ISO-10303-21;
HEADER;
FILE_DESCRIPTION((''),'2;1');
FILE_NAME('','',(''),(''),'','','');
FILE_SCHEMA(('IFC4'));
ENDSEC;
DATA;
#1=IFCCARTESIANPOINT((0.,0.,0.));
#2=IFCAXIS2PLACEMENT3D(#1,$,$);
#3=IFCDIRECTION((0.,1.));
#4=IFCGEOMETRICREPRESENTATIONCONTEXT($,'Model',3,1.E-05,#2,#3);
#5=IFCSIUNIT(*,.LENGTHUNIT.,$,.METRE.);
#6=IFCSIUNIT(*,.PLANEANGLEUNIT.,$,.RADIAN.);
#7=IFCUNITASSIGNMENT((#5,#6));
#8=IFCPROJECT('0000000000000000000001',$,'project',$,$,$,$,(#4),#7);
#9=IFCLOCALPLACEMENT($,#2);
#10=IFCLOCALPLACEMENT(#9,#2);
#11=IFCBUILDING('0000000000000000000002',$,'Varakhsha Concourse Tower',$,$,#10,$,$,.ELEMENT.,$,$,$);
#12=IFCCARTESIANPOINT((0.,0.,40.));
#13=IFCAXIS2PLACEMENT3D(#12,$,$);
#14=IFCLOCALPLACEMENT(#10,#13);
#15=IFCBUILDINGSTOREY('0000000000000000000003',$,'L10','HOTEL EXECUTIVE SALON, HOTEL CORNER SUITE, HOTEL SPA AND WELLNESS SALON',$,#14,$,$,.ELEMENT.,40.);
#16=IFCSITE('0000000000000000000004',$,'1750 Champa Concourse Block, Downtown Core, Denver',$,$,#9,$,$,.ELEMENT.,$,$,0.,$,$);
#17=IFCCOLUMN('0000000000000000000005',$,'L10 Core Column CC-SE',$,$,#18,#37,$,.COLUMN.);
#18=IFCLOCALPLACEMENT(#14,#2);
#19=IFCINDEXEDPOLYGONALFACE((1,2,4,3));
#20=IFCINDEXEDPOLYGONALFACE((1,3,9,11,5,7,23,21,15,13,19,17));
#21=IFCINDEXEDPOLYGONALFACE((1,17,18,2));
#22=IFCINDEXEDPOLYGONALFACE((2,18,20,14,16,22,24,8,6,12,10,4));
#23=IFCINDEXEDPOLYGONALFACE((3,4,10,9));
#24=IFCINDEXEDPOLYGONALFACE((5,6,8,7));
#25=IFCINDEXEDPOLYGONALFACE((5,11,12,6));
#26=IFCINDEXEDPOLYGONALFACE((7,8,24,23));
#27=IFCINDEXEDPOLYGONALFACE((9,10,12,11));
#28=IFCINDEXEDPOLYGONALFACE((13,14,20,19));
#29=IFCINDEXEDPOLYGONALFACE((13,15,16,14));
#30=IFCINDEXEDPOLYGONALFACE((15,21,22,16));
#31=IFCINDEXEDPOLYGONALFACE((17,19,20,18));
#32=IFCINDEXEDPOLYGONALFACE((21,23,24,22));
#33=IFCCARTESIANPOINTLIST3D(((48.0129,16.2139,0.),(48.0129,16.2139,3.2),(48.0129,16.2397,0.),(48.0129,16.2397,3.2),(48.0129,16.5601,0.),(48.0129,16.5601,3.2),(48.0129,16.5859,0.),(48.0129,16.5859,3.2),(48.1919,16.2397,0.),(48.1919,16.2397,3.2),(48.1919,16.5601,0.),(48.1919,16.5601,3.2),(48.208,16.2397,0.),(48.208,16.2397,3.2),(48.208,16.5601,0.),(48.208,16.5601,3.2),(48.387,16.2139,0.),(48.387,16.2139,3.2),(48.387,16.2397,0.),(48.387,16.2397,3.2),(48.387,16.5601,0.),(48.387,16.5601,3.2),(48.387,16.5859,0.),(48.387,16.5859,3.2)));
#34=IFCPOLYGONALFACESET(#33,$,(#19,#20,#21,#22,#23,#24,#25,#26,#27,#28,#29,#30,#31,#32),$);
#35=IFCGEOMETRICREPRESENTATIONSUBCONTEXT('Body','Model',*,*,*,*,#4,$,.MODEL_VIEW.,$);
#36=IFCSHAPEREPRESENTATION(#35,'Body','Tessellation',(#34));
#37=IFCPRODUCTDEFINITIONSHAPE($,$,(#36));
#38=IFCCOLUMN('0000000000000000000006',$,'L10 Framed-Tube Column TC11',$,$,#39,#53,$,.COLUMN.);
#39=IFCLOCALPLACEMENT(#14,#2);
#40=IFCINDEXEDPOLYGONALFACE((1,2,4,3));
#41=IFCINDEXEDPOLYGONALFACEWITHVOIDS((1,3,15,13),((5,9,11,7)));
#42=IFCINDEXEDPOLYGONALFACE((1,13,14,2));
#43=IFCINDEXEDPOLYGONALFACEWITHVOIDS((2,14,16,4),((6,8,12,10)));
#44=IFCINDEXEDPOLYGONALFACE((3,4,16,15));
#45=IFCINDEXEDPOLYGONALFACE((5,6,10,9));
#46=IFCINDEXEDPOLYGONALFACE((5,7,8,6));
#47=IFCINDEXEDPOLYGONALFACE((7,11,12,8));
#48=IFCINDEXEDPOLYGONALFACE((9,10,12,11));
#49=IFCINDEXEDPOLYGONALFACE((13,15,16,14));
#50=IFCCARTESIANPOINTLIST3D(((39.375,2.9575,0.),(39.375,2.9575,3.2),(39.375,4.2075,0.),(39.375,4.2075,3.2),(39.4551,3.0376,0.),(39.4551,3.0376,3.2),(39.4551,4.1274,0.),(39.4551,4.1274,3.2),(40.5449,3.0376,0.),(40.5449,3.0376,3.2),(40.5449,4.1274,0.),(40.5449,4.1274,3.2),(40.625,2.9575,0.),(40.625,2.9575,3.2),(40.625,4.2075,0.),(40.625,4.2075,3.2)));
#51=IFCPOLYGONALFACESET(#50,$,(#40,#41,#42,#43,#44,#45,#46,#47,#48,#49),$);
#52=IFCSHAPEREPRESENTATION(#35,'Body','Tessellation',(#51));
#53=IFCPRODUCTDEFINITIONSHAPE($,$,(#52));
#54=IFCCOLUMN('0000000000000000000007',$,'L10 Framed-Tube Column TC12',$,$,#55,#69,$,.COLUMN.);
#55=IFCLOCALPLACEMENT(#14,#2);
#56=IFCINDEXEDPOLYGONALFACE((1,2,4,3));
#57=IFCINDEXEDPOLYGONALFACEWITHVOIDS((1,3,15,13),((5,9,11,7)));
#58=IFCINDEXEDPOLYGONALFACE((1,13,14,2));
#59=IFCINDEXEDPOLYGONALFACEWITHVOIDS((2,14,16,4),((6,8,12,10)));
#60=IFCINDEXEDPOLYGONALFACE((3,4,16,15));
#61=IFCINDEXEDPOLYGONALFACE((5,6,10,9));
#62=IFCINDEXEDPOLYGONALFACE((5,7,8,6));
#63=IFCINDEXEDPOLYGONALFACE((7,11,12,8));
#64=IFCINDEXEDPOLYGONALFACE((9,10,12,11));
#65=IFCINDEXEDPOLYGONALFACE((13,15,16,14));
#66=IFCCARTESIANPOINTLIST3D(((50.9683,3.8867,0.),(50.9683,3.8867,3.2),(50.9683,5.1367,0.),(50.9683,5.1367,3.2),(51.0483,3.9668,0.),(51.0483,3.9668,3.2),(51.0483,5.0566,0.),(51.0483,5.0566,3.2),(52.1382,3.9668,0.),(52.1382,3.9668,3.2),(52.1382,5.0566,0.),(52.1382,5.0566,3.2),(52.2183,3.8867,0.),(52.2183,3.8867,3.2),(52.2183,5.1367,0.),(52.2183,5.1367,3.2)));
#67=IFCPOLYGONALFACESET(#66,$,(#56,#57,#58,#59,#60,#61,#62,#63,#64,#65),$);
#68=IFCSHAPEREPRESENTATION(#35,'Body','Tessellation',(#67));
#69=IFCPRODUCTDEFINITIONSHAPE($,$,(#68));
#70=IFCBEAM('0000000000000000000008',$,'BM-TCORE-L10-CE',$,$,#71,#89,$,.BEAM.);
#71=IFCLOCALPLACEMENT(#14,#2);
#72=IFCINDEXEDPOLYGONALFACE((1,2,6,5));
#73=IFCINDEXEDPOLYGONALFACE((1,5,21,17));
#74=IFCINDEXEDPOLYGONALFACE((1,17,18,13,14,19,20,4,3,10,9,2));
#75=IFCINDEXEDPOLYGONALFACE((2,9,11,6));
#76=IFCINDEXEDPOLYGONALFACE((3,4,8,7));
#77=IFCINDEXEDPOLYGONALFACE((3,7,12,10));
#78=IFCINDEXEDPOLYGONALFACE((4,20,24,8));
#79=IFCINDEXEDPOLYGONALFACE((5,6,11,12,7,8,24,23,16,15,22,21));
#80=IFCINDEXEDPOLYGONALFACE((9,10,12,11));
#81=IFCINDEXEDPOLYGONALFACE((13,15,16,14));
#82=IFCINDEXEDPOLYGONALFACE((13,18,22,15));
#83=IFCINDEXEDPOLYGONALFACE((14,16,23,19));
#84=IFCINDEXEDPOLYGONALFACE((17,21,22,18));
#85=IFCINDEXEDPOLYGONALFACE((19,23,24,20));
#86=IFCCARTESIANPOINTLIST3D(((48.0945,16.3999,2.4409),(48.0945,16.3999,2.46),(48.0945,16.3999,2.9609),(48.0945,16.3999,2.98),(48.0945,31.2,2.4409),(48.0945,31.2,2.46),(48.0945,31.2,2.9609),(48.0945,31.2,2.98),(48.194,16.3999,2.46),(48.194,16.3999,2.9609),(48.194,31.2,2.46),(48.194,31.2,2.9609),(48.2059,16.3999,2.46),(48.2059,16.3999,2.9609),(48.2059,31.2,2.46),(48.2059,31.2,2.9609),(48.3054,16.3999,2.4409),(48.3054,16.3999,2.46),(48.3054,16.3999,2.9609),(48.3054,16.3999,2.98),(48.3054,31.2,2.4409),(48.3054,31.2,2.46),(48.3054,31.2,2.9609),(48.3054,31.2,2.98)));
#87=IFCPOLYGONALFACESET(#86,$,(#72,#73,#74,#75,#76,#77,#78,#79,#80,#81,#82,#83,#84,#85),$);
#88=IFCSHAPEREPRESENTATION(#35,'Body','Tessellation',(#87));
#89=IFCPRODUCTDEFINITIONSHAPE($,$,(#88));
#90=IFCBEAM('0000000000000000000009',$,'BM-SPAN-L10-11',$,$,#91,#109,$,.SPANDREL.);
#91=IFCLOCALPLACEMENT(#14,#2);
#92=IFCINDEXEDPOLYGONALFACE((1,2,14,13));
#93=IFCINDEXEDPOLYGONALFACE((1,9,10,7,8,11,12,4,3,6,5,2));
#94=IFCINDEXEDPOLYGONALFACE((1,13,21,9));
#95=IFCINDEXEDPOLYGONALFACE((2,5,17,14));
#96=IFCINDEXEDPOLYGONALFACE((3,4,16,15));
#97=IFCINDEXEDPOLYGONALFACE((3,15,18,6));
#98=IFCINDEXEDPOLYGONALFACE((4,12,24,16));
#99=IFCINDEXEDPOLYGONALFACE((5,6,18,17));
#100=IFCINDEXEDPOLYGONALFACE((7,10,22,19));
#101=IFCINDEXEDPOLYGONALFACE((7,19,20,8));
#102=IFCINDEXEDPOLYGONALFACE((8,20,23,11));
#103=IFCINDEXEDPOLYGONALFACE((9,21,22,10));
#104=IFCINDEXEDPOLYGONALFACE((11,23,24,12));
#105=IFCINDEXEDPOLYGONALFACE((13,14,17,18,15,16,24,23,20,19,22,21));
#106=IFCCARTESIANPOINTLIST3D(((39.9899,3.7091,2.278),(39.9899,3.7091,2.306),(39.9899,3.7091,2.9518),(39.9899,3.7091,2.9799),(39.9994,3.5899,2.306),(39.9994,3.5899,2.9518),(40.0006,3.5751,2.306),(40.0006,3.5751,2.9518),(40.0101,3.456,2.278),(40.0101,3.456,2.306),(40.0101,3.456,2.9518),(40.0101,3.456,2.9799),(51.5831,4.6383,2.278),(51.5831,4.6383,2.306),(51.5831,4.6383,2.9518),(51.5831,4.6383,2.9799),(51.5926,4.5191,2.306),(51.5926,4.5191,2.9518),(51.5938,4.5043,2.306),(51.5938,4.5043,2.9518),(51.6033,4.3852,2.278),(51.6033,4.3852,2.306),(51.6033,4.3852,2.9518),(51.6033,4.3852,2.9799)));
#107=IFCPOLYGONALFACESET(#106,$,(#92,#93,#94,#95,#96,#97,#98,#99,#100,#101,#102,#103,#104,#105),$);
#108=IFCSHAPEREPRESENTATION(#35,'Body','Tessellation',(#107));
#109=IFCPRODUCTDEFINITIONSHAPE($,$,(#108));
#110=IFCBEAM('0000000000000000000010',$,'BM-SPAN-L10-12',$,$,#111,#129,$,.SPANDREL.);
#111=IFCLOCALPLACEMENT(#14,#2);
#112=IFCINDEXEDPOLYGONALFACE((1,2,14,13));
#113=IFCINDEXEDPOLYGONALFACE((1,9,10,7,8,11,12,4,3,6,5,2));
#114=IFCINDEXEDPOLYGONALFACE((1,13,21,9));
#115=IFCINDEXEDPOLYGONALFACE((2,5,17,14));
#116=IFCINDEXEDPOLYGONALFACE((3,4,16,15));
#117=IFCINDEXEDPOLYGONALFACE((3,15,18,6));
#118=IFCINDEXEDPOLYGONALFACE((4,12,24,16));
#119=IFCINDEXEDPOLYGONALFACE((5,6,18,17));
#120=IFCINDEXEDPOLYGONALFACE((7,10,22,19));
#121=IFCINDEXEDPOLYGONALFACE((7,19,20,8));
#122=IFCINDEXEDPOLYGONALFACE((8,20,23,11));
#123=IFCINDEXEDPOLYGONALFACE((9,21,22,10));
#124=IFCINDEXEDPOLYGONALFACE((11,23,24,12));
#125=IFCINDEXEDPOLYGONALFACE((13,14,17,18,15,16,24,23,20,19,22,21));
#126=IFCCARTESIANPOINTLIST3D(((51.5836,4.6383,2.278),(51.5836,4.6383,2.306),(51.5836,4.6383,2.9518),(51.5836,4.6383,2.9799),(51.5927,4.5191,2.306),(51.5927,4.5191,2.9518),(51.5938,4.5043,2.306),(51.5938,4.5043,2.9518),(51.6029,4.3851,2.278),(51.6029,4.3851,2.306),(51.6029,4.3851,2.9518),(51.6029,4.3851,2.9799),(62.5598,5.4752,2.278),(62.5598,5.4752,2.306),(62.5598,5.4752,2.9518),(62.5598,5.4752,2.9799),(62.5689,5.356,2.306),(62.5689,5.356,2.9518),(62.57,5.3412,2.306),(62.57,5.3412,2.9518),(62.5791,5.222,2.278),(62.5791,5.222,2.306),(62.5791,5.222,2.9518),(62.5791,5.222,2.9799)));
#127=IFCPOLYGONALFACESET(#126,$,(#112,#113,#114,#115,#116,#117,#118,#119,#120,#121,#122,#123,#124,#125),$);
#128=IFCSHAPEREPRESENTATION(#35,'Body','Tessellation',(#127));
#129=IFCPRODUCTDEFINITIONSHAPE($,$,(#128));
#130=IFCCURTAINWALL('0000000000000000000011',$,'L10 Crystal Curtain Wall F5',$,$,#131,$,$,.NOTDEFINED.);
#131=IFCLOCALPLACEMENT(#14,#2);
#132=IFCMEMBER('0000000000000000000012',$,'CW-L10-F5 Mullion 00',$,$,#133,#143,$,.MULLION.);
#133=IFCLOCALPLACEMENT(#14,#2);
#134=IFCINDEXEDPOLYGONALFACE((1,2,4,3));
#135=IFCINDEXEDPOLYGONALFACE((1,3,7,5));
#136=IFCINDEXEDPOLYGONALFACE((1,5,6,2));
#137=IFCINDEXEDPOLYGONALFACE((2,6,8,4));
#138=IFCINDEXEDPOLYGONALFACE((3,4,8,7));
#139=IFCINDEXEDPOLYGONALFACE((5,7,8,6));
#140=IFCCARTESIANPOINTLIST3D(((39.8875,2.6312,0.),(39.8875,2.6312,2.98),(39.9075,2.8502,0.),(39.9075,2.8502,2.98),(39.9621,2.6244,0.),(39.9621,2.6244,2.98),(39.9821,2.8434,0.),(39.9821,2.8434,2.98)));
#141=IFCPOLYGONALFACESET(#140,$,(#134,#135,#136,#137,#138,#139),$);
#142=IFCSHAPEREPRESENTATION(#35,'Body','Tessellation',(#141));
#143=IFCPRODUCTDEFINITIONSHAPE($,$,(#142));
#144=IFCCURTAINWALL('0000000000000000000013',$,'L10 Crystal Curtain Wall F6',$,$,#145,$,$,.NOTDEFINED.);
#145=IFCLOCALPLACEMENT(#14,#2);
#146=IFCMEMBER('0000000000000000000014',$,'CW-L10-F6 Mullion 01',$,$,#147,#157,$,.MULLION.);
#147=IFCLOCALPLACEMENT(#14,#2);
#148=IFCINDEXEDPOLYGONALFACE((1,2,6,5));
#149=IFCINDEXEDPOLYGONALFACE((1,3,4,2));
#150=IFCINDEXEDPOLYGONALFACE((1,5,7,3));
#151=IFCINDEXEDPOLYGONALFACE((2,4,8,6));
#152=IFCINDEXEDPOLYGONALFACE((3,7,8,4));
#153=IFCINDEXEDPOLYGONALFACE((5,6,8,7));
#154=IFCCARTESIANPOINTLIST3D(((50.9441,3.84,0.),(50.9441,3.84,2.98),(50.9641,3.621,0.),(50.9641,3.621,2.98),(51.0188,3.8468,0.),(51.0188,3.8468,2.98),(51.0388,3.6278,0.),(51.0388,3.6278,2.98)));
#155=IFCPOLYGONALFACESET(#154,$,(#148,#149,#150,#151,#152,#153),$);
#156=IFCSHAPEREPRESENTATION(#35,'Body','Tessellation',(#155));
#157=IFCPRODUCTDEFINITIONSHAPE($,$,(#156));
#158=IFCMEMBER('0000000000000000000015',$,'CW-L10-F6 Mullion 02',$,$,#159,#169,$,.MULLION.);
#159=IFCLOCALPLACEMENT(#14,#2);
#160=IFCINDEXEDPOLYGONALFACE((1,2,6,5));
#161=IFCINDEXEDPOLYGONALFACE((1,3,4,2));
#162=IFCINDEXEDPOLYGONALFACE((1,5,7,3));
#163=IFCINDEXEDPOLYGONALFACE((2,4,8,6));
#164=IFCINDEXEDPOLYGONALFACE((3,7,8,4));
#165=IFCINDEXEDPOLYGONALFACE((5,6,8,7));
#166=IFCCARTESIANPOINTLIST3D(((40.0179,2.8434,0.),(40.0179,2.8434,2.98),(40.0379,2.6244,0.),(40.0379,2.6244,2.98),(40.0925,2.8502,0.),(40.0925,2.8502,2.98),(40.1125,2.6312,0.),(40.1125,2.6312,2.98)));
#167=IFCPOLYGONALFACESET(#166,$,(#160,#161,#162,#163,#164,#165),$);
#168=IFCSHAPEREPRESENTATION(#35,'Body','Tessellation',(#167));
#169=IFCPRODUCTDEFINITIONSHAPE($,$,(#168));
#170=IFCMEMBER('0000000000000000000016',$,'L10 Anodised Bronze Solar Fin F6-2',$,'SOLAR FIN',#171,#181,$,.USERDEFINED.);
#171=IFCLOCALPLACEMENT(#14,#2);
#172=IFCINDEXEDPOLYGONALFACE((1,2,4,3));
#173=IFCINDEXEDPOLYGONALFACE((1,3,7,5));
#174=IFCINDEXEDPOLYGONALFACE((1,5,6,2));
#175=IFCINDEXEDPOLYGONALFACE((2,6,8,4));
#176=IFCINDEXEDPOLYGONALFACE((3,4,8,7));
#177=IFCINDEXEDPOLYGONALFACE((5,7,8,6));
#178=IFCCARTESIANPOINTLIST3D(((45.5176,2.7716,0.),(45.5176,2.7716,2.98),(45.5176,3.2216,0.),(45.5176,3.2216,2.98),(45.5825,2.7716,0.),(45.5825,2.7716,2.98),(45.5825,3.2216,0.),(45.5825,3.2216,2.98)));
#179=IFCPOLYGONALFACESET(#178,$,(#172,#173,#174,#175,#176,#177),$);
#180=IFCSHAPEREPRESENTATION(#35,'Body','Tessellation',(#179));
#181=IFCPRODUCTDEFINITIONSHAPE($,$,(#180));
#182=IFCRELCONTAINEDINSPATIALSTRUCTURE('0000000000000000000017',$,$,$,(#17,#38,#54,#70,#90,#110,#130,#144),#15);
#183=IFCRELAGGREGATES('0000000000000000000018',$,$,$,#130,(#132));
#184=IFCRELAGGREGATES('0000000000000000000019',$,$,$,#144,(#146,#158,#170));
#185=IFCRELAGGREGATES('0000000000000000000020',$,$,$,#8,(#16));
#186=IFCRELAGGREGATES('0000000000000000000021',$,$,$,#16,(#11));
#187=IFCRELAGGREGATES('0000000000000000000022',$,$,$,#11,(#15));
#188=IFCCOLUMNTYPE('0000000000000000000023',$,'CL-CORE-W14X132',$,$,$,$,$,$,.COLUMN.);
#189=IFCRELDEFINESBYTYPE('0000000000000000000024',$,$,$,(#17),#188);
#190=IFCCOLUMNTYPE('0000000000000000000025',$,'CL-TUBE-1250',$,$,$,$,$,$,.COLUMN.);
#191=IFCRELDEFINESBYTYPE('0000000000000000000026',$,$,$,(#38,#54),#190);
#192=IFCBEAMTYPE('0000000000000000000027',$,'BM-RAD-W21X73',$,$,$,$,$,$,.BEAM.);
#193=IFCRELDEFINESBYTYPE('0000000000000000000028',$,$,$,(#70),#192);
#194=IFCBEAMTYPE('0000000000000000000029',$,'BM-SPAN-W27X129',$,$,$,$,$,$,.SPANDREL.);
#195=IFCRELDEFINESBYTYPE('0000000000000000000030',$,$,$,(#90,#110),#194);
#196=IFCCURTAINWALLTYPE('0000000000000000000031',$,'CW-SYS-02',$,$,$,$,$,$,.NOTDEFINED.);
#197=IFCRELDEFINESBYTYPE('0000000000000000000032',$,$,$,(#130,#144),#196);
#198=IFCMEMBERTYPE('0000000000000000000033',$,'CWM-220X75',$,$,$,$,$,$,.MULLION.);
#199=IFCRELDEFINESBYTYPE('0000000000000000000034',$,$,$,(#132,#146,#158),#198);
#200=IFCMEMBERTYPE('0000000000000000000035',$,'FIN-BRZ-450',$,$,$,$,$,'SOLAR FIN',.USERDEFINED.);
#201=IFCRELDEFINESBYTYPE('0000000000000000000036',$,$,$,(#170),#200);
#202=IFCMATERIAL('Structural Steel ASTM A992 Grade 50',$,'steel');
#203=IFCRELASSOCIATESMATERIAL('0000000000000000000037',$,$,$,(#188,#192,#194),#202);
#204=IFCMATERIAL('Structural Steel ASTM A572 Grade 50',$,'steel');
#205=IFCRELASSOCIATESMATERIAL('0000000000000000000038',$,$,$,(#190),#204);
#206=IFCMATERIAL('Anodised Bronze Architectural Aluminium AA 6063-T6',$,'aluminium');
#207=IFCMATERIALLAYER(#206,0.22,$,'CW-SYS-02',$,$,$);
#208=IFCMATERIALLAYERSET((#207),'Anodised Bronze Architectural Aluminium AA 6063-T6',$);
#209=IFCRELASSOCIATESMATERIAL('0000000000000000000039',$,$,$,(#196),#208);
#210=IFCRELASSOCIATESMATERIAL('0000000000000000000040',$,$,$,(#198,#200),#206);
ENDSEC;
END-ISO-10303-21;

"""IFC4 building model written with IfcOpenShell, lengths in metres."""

from ifc_helpers import new_model, si_unit, direction, frame, origin, origin_2d, place, context, subcontext, project, spatial, rectangle, hollow_rectangle, i_section, extrude, source, transform, mapped, material, layer, layer_set, material_profile, profile_set, type_object, type_shapes, element, aggregate, save


model = new_model("IFC4")

# Units and contexts
model_context = context("Model", 3, precision=1e-05, world=origin(), true_north=direction((0.0, 1.0)))
body_context = subcontext(model_context, "Body", "Model", "MODEL_VIEW")
ifc_project = project(units=[si_unit("LENGTHUNIT", "METRE"), si_unit("PLANEANGLEUNIT", "RADIAN")], contexts=[model_context])

# Site, building, storey
site_placement = place(None, origin())
site = spatial("IfcSite", under=ifc_project, at=site_placement, Name="1750 Champa Concourse Block, Downtown Core, Denver", CompositionType="ELEMENT", RefElevation=0.0)
building_placement = place(site_placement, origin())
building = spatial("IfcBuilding", under=site, at=building_placement, Name="Varakhsha Concourse Tower", CompositionType="ELEMENT")
storey_placement = place(building_placement, frame((0.0, 0.0, 40.0)))
storey = spatial("IfcBuildingStorey", under=building, at=storey_placement, Name="L10", Description="HOTEL EXECUTIVE SALON, HOTEL CORNER SUITE, HOTEL SPA AND WELLNESS SALON", CompositionType="ELEMENT", Elevation=40.0)

# Columns
ifc_material_1 = material(Name="Structural Steel ASTM A992 Grade 50", Category="steel")
ifc_material_profile_1 = material_profile(ifc_material_1, i_section(OverallWidth=0.374, OverallDepth=0.3721, WebThickness=0.0161, FlangeThickness=0.0259, at=origin_2d()), Name="W14X132")
ifc_profile_set_1 = profile_set([ifc_material_profile_1], Name="Structural Steel ASTM A992 Grade 50")
column_type_1 = type_object("IfcColumnType", Name="CL-CORE-W14X132", PredefinedType="COLUMN", material=ifc_profile_set_1)
column_placement = place(storey_placement, frame((48.2, 16.3999, 0.0), z_axis=(0.0, 0.0, 1.0), x_axis=(1.0, 0.0, 0.0)))
element("IfcColumn", 1, at=column_placement, inside=storey, type_object=column_type_1, Name="L10 Core Column CC-SE", PredefinedType="COLUMN", context=body_context, shape_type="SweptSolid", body=[
    extrude(i_section(OverallWidth=0.374, OverallDepth=0.3721, WebThickness=0.0161, FlangeThickness=0.0259, at=origin_2d()), origin(), (0.0, 0.0, 1.0), 3.2),
])
ifc_material_2 = material(Name="Structural Steel ASTM A572 Grade 50", Category="steel")
ifc_material_profile_2 = material_profile(ifc_material_2, hollow_rectangle(XDim=1.25, YDim=1.25, WallThickness=0.0801, at=origin_2d()), Name="BOX 1250x1250x80")
ifc_profile_set_2 = profile_set([ifc_material_profile_2], Name="Structural Steel ASTM A572 Grade 50")
column_type_2 = type_object("IfcColumnType", Name="CL-TUBE-1250", PredefinedType="COLUMN", material=ifc_profile_set_2)
for number, where, z_axis, x_axis, name in (
    (2, (40.0, 3.5825, 0.0), (0.0, 0.0, 1.0), (1.0, 0.0, 0.0), "L10 Framed-Tube Column TC11"),
    (3, (51.5933, 4.5117, 0.0), (0.0, 0.0, 1.0), (1.0, 0.0, 0.0), "L10 Framed-Tube Column TC12"),
):
    element("IfcColumn", number, at=place(storey_placement, frame(where, z_axis=z_axis, x_axis=x_axis)), inside=storey, type_object=column_type_2, Name=name, PredefinedType="COLUMN", context=body_context, shape_type="SweptSolid", body=[
        extrude(hollow_rectangle(XDim=1.25, YDim=1.25, WallThickness=0.0801, at=origin_2d()), origin(), (0.0, 0.0, 1.0), 3.2),
    ])

# Beams
ifc_material_profile_3 = material_profile(ifc_material_1, i_section(OverallWidth=0.2109, OverallDepth=0.5391, WebThickness=0.012, FlangeThickness=0.019, at=origin_2d()), Name="W21X73")
ifc_profile_set_3 = profile_set([ifc_material_profile_3], Name="Structural Steel ASTM A992 Grade 50")
beam_type_1 = type_object("IfcBeamType", Name="BM-RAD-W21X73", PredefinedType="BEAM", material=ifc_profile_set_3)
beam_1_placement = place(storey_placement, frame((48.2, 16.3999, 2.7104), z_axis=(0.0, 1.0, 0.0), x_axis=(-1.0, 0.0, 0.0)))
element("IfcBeam", 4, at=beam_1_placement, inside=storey, type_object=beam_type_1, Name="BM-TCORE-L10-CE", PredefinedType="BEAM", context=body_context, shape_type="SweptSolid", body=[
    extrude(i_section(OverallWidth=0.2109, OverallDepth=0.5391, WebThickness=0.012, FlangeThickness=0.019, at=origin_2d()), origin(), (0.0, 0.0, 1.0), 14.8),
])
ifc_material_profile_4 = material_profile(ifc_material_1, i_section(OverallWidth=0.2539, OverallDepth=0.7019, WebThickness=0.0149, FlangeThickness=0.0281, at=origin_2d()), Name="W27X129")
ifc_profile_set_4 = profile_set([ifc_material_profile_4], Name="Structural Steel ASTM A992 Grade 50")
beam_type_2 = type_object("IfcBeamType", Name="BM-SPAN-W27X129", PredefinedType="SPANDREL", material=ifc_profile_set_4)
beam_2_placement = place(storey_placement, frame((40.0, 3.5825, 2.6289), z_axis=(0.996803, 0.079894, 0.0), x_axis=(-0.079894, 0.996803, 0.0)))
element("IfcBeam", 5, at=beam_2_placement, inside=storey, type_object=beam_type_2, Name="BM-SPAN-L10-11", PredefinedType="SPANDREL", context=body_context, shape_type="SweptSolid", body=[
    extrude(i_section(OverallWidth=0.2539, OverallDepth=0.7019, WebThickness=0.0149, FlangeThickness=0.0281, at=origin_2d()), origin(), (0.0, 0.0, 1.0), 11.6304),
])
beam_3_placement = place(storey_placement, frame((51.5933, 4.5117, 2.6289), z_axis=(0.997106, 0.076027, 0.0), x_axis=(-0.076027, 0.997106, 0.0)))
element("IfcBeam", 6, at=beam_3_placement, inside=storey, type_object=beam_type_2, Name="BM-SPAN-L10-12", PredefinedType="SPANDREL", context=body_context, shape_type="SweptSolid", body=[
    extrude(i_section(OverallWidth=0.2539, OverallDepth=0.7019, WebThickness=0.0149, FlangeThickness=0.0281, at=origin_2d()), origin(), (0.0, 0.0, 1.0), 11.0081),
])

# Curtain wall, member
ifc_material_3 = material(Name="Anodised Bronze Architectural Aluminium AA 6063-T6", Category="aluminium")
ifc_layer_1 = layer(ifc_material_3, 0.22, Name="CW-SYS-02")
ifc_layer_set_1 = layer_set([ifc_layer_1], Name="Anodised Bronze Architectural Aluminium AA 6063-T6")
curtain_wall_type = type_object("IfcCurtainWallType", Name="CW-SYS-02", PredefinedType="NOTDEFINED", material=ifc_layer_set_1)
curtain_wall_1_placement = place(storey_placement, origin())
curtain_wall_1 = element("IfcCurtainWall", 7, at=curtain_wall_1_placement, inside=storey, type_object=curtain_wall_type, Name="L10 Crystal Curtain Wall F5", PredefinedType="NOTDEFINED")
ifc_material_profile_5 = material_profile(ifc_material_3, rectangle(XDim=0.075, YDim=0.22, at=origin_2d()), Name="CWM-220X75")
ifc_profile_set_5 = profile_set([ifc_material_profile_5], Name="Anodised Bronze Architectural Aluminium AA 6063-T6")
member_type_1 = type_object("IfcMemberType", Name="CWM-220X75", PredefinedType="MULLION", material=ifc_profile_set_5)
shared_shape_1 = source(origin(), body_context, "Body", "SweptSolid", [
    extrude(rectangle(XDim=0.075, YDim=0.22, at=origin_2d()), origin(), (0.0, 0.0, 1.0), 2.98),
])
type_shapes(member_type_1, [shared_shape_1])
member_1_placement = place(storey_placement, frame((39.9348, 2.7373, 0.0), z_axis=(0.0, 0.0, 1.0), x_axis=(-0.995866, 0.090834, 0.0)))
member_1 = element("IfcMember", 8, at=member_1_placement, type_object=member_type_1, Name="CW-L10-F5 Mullion 00", PredefinedType="MULLION", context=body_context, shape_type="MappedRepresentation", body=[
    mapped(shared_shape_1, transform((0.0, 0.0, 0.0), scale=1.0)),
])

# Curtain wall, members
curtain_wall_2_placement = place(storey_placement, origin())
curtain_wall_2 = element("IfcCurtainWall", 9, at=curtain_wall_2_placement, inside=storey, type_object=curtain_wall_type, Name="L10 Crystal Curtain Wall F6", PredefinedType="NOTDEFINED")
member_2_placement = place(storey_placement, frame((50.9915, 3.7339, 0.0), z_axis=(0.0, 0.0, 1.0), x_axis=(-0.995866, -0.090834, 0.0)))
member_2 = element("IfcMember", 10, at=member_2_placement, type_object=member_type_1, Name="CW-L10-F6 Mullion 01", PredefinedType="MULLION", context=body_context, shape_type="MappedRepresentation", body=[
    mapped(shared_shape_1, transform((0.0, 0.0, 0.0), scale=1.0)),
])
member_3_placement = place(storey_placement, frame((40.0652, 2.7373, 0.0), z_axis=(0.0, 0.0, 1.0), x_axis=(-0.995866, -0.090834, 0.0)))
member_3 = element("IfcMember", 11, at=member_3_placement, type_object=member_type_1, Name="CW-L10-F6 Mullion 02", PredefinedType="MULLION", context=body_context, shape_type="MappedRepresentation", body=[
    mapped(shared_shape_1, transform((0.0, 0.0, 0.0), scale=1.0)),
])
ifc_material_profile_6 = material_profile(ifc_material_3, rectangle(XDim=0.0649, YDim=0.45, at=origin_2d()), Name="FIN-BRZ-450")
ifc_profile_set_6 = profile_set([ifc_material_profile_6], Name="Anodised Bronze Architectural Aluminium AA 6063-T6")
member_type_2 = type_object("IfcMemberType", Name="FIN-BRZ-450", ElementType="SOLAR FIN", PredefinedType="USERDEFINED", material=ifc_profile_set_6)
shared_shape_2 = source(origin(), body_context, "Body", "SweptSolid", [
    extrude(rectangle(XDim=0.0649, YDim=0.45, at=origin_2d()), origin(), (0.0, 0.0, 1.0), 2.98),
])
type_shapes(member_type_2, [shared_shape_2])
member_4_placement = place(storey_placement, frame((45.55, 2.9966, 0.0), z_axis=(0.0, 0.0, 1.0), x_axis=(1.0, 0.0, 0.0)))
member_4 = element("IfcMember", 12, at=member_4_placement, type_object=member_type_2, Name="L10 Anodised Bronze Solar Fin F6-2", ObjectType="SOLAR FIN", PredefinedType="USERDEFINED", context=body_context, shape_type="MappedRepresentation", body=[
    mapped(shared_shape_2, transform((0.0, 0.0, 0.0), scale=1.0)),
])

aggregate(curtain_wall_1, [member_1])

aggregate(curtain_wall_2, [member_2, member_3, member_4])

save(model, "model.ifc")
